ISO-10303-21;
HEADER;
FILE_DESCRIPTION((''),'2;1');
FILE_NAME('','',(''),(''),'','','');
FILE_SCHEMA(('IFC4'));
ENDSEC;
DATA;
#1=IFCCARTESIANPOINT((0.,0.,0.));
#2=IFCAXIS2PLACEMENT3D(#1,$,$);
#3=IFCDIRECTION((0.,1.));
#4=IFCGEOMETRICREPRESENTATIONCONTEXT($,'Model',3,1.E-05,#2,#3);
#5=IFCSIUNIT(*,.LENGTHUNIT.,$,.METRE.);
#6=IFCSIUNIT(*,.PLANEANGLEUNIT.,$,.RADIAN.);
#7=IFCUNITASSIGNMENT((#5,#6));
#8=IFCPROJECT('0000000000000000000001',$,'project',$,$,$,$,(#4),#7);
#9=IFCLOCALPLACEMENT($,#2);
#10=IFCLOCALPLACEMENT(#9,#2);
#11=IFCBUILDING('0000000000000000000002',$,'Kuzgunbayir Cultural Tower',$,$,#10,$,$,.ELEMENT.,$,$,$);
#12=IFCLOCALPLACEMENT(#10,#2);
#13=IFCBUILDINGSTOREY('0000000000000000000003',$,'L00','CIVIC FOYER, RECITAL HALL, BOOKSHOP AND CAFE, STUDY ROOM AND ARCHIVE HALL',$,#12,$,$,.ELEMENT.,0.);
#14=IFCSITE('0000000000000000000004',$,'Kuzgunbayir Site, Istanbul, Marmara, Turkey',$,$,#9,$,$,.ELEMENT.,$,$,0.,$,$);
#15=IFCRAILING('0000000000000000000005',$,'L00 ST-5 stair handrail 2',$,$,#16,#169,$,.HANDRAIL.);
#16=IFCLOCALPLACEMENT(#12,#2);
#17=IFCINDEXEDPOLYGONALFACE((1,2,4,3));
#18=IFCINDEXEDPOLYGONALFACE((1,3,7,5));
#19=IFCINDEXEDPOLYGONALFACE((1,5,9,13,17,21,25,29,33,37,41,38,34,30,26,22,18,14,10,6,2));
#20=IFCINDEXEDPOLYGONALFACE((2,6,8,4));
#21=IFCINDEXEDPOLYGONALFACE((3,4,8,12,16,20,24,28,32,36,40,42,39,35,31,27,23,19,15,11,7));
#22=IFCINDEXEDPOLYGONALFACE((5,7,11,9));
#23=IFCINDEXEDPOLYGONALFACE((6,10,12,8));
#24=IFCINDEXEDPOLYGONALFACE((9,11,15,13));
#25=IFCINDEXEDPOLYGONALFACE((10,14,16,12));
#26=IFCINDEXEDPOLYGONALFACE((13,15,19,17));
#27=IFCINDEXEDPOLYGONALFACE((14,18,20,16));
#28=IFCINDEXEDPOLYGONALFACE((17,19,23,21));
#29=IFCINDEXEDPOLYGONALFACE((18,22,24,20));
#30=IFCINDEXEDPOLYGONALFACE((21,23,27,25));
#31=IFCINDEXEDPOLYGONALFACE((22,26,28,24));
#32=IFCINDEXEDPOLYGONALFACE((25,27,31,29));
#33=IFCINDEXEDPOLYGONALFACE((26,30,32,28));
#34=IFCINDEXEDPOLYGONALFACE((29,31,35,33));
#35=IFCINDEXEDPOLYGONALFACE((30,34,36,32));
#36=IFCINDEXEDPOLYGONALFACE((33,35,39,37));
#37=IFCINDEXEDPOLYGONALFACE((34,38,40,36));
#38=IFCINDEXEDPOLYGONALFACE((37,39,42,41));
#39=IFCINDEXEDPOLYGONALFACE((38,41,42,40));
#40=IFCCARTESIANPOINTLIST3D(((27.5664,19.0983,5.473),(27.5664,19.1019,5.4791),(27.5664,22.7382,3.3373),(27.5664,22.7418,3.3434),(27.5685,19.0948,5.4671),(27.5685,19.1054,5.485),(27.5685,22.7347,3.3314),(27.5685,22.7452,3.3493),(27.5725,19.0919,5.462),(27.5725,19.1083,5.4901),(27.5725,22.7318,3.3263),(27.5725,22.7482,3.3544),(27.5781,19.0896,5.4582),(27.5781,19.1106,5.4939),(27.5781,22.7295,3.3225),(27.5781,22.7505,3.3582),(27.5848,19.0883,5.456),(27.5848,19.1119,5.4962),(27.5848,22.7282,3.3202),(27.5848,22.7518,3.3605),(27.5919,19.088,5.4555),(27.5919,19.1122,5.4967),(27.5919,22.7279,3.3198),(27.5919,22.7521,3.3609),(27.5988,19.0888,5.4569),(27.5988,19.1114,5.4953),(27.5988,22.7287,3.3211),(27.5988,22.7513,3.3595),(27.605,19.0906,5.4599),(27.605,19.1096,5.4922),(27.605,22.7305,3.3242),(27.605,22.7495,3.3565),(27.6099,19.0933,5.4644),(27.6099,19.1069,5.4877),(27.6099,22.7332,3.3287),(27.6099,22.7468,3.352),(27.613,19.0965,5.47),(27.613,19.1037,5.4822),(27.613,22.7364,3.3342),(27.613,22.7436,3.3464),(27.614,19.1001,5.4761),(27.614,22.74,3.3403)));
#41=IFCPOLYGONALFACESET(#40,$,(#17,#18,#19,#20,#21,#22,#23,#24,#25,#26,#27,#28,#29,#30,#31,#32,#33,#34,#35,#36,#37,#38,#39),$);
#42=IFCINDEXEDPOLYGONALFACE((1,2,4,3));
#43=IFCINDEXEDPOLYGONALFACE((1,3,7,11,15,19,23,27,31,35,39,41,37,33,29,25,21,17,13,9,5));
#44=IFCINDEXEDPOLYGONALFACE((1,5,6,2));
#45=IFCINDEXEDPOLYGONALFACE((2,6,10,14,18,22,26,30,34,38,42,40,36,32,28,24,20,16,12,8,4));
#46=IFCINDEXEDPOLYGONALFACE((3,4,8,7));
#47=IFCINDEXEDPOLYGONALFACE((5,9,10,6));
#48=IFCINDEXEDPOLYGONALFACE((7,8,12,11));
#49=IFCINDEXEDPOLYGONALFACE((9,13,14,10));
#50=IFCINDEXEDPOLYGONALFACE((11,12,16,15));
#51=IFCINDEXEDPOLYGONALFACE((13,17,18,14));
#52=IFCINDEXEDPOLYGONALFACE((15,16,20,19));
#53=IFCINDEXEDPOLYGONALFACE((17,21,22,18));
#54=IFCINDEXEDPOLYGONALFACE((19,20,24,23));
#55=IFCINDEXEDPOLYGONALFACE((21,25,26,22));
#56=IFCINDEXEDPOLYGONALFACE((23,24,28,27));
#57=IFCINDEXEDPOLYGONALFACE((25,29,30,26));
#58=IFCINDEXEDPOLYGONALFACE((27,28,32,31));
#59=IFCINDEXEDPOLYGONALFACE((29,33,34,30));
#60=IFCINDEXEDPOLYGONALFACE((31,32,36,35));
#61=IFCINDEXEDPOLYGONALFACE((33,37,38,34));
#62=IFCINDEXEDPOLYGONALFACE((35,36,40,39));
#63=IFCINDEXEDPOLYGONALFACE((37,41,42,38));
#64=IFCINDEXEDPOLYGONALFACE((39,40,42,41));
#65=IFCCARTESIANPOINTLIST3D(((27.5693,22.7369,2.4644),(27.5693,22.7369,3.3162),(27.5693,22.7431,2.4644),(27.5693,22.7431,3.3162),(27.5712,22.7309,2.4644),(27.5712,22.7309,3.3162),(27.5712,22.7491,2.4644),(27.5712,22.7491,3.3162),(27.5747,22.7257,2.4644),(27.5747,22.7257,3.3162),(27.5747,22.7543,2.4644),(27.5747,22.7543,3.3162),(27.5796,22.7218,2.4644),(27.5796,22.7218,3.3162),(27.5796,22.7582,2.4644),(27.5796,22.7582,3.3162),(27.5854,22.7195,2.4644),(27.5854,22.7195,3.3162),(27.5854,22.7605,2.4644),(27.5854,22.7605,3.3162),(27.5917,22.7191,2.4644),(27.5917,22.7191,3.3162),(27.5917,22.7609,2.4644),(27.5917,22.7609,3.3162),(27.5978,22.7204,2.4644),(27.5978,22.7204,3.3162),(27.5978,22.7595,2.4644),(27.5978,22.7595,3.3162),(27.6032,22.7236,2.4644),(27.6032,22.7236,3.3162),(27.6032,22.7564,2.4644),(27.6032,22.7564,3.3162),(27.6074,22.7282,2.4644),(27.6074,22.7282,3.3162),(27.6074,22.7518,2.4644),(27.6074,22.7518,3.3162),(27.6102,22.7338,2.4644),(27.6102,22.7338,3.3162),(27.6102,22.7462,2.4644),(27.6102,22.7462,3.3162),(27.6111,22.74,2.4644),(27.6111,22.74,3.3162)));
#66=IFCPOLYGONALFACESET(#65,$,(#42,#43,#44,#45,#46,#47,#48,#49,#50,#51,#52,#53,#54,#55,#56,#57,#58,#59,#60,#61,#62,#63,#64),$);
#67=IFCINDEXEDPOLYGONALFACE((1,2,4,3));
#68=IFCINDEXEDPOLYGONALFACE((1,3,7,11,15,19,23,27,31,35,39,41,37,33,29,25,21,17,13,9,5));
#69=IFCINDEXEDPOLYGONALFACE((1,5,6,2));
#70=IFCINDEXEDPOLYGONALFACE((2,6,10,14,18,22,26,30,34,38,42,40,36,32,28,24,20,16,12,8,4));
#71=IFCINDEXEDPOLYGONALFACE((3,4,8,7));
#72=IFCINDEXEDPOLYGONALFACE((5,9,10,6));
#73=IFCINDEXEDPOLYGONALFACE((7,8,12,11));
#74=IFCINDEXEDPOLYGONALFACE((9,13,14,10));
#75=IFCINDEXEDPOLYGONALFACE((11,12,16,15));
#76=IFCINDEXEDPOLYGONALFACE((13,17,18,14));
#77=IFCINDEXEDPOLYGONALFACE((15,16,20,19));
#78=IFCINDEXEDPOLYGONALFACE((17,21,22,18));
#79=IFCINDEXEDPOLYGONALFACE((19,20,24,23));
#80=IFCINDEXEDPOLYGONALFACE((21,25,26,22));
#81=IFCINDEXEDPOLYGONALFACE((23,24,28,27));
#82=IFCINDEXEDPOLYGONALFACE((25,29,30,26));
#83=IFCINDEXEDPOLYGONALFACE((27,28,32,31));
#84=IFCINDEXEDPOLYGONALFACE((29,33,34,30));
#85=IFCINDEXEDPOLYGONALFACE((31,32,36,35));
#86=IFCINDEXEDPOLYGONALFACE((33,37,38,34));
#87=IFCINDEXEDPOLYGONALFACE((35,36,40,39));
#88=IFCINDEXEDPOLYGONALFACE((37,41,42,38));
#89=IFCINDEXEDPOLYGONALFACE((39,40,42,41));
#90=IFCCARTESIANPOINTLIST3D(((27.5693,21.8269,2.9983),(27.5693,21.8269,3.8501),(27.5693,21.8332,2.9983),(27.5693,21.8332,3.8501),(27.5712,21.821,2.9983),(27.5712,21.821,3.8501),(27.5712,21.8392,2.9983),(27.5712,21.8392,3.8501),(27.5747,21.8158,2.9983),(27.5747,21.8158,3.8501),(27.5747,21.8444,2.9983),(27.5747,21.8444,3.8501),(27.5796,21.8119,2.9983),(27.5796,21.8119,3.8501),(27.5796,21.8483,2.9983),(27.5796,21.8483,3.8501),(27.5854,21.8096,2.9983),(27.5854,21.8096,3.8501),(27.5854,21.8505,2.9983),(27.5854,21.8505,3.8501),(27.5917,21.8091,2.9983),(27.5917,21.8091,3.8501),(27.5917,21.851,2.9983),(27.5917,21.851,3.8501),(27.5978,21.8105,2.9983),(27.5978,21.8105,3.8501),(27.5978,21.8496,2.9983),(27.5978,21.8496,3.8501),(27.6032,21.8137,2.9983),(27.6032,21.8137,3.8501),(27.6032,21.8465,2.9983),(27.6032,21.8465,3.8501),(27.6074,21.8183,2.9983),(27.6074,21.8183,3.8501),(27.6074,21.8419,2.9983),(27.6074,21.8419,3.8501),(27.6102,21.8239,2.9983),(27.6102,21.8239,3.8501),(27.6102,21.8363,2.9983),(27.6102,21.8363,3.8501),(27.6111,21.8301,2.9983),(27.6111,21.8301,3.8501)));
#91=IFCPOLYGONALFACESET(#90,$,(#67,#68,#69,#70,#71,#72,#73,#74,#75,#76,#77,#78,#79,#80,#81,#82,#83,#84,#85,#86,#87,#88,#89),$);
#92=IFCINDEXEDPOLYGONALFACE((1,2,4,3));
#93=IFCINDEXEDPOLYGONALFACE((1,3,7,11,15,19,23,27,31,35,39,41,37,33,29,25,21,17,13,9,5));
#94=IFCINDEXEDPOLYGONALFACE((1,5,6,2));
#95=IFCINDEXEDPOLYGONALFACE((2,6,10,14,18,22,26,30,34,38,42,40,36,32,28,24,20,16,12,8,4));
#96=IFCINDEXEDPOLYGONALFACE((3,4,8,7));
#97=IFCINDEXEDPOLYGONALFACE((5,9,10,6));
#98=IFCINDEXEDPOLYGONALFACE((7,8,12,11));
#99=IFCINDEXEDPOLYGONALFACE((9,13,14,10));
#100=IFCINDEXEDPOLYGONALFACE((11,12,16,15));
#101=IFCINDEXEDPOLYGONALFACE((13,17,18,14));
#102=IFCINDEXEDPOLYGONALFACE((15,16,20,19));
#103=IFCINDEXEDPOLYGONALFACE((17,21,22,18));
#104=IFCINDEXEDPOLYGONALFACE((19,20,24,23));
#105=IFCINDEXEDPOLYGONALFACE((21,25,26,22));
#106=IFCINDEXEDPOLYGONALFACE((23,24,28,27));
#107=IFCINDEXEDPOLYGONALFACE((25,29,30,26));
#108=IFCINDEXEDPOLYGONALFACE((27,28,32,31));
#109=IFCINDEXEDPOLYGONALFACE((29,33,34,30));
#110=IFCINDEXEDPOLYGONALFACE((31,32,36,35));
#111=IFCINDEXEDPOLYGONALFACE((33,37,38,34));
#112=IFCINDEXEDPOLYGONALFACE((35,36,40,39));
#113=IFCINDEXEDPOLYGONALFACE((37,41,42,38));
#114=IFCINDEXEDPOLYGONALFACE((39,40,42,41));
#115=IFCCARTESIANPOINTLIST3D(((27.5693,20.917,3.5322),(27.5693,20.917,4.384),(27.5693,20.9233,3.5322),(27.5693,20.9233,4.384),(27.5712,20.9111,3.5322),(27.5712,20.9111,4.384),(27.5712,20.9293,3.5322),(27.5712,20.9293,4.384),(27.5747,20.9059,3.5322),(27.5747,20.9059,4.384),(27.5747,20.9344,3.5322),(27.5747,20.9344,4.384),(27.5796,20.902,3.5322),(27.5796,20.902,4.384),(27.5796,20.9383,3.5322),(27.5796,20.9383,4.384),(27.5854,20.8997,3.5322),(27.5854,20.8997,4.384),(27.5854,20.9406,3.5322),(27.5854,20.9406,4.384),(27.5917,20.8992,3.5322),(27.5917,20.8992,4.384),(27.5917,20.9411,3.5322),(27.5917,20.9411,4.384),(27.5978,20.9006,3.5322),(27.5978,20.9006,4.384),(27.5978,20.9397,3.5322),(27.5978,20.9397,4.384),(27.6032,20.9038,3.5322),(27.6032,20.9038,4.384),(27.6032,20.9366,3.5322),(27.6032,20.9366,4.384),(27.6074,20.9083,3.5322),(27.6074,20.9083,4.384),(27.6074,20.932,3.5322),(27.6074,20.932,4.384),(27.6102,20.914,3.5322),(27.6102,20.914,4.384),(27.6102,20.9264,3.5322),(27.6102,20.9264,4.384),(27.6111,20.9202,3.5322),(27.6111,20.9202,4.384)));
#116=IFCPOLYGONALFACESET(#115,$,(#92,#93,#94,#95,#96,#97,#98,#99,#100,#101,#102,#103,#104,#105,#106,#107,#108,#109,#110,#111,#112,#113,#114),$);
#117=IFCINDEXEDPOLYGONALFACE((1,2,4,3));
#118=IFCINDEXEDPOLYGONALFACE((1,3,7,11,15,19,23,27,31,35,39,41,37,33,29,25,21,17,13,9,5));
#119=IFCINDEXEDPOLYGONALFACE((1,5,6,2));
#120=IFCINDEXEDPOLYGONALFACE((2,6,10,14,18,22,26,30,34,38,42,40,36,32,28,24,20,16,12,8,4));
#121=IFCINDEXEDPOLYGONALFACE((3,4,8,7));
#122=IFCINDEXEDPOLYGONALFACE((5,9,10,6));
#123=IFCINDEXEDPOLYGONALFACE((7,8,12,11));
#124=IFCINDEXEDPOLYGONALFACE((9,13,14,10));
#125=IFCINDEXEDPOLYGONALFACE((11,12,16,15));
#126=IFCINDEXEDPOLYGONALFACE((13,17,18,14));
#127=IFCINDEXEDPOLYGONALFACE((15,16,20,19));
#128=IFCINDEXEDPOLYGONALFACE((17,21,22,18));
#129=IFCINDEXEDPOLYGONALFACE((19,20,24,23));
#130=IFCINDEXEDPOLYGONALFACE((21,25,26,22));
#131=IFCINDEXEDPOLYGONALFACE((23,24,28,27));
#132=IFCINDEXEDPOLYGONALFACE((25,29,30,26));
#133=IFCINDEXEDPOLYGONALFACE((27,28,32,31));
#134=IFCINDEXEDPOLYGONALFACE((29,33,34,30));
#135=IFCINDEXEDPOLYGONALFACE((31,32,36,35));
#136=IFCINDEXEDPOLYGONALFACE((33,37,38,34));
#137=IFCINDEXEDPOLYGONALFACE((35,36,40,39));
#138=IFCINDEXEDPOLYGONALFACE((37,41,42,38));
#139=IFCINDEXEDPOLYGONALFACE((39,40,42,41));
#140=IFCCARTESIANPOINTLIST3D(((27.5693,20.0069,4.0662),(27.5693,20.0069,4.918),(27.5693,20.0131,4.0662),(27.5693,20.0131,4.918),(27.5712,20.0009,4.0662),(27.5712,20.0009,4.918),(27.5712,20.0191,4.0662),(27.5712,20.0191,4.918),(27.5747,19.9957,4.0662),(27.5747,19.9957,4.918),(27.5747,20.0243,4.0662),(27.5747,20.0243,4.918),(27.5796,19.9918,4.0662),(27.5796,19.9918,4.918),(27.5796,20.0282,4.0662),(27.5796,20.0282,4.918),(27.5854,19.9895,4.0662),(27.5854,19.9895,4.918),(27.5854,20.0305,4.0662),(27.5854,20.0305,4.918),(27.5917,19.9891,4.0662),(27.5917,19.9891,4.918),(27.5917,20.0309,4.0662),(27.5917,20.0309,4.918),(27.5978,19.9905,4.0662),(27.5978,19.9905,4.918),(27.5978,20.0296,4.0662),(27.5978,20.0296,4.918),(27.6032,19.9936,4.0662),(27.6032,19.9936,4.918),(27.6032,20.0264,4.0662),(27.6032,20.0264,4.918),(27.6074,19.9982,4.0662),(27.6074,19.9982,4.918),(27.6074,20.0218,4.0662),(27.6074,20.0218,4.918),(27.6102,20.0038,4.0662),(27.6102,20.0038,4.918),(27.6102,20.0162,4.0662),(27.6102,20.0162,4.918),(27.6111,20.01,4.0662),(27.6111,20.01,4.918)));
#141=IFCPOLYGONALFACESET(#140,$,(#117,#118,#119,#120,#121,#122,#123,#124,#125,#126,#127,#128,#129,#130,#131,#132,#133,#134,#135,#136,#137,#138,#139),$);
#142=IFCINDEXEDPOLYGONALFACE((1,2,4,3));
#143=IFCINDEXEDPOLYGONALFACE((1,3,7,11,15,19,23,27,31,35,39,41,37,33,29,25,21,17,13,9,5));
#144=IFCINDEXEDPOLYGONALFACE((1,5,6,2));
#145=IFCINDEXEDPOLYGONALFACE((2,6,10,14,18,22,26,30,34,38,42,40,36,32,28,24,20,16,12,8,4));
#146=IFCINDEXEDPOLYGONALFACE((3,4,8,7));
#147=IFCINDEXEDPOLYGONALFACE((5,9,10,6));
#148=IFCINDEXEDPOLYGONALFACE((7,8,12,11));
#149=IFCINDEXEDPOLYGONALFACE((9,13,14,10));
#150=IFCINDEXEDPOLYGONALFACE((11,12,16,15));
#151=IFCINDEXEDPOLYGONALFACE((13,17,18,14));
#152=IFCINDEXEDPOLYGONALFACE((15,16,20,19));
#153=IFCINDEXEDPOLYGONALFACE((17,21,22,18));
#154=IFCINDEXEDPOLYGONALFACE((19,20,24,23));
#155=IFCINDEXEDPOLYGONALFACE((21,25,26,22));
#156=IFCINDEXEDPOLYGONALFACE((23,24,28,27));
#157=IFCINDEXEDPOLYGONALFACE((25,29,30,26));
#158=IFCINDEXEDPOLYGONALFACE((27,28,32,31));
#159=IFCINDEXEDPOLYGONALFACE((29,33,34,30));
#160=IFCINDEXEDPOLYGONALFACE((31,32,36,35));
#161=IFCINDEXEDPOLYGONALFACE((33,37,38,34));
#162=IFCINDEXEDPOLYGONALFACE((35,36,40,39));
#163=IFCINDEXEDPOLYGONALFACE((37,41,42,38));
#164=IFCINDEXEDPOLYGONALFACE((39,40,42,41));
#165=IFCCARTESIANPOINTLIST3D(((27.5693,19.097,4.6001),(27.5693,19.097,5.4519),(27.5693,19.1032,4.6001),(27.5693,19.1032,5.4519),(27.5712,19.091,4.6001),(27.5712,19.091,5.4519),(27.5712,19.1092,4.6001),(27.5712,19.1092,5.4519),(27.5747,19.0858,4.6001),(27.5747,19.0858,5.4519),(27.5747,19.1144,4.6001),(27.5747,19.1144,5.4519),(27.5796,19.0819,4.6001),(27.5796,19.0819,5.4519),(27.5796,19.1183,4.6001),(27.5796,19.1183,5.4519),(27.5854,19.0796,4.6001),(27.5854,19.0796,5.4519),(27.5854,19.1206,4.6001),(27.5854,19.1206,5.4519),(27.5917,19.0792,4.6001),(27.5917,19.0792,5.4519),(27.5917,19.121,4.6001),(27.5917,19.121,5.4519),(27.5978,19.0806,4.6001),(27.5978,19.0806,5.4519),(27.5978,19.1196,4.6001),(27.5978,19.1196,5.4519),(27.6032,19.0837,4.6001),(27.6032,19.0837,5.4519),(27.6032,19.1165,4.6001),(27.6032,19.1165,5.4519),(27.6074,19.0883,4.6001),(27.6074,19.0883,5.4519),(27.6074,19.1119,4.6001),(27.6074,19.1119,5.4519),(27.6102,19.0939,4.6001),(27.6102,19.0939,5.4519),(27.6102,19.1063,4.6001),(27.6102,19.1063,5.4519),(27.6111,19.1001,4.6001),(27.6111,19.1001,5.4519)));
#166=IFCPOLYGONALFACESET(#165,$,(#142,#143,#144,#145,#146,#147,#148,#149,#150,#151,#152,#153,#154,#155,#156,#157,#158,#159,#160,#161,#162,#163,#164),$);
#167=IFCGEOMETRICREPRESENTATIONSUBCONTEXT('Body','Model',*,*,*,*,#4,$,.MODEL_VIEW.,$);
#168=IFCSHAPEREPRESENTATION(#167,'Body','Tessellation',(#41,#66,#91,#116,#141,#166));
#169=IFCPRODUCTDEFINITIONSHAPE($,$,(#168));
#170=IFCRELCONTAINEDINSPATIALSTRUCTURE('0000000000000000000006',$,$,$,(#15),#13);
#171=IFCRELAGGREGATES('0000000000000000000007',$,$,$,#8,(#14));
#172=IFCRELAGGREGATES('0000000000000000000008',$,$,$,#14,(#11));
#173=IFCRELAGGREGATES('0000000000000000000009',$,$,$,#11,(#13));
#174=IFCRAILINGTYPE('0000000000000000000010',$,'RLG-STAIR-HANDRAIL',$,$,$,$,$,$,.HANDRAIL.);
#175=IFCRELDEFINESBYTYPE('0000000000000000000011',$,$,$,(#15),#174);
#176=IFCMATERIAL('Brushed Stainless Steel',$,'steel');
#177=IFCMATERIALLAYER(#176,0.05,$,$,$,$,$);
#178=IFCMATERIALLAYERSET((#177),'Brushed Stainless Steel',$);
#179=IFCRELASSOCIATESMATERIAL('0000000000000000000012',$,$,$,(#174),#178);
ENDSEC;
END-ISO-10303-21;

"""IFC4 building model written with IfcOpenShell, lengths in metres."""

from ifc_helpers import new_model, si_unit, direction, frame, origin, origin_2d, place, context, subcontext, project, spatial, circle, extrude, material, layer, layer_set, type_object, element, save


model = new_model("IFC4")

# Units and contexts
model_context = context("Model", 3, precision=1e-05, world=origin(), true_north=direction((0.0, 1.0)))
body_context = subcontext(model_context, "Body", "Model", "MODEL_VIEW")
ifc_project = project(units=[si_unit("LENGTHUNIT", "METRE"), si_unit("PLANEANGLEUNIT", "RADIAN")], contexts=[model_context])

# Site, building, storey
site_placement = place(None, origin())
site = spatial("IfcSite", under=ifc_project, at=site_placement, Name="Kuzgunbayir Site, Istanbul, Marmara, Turkey", CompositionType="ELEMENT", RefElevation=0.0)
building_placement = place(site_placement, origin())
building = spatial("IfcBuilding", under=site, at=building_placement, Name="Kuzgunbayir Cultural Tower", CompositionType="ELEMENT")
storey_placement = place(building_placement, origin())
storey = spatial("IfcBuildingStorey", under=building, at=storey_placement, Name="L00", Description="CIVIC FOYER, RECITAL HALL, BOOKSHOP AND CAFE, STUDY ROOM AND ARCHIVE HALL", CompositionType="ELEMENT", Elevation=0.0)

# Railing
ifc_material_1 = material(Name="Brushed Stainless Steel", Category="steel")
ifc_layer_1 = layer(ifc_material_1, 0.05)
ifc_layer_set_1 = layer_set([ifc_layer_1], Name="Brushed Stainless Steel")
railing_type_1 = type_object("IfcRailingType", Name="RLG-STAIR-HANDRAIL", PredefinedType="HANDRAIL", material=ifc_layer_set_1)
railing_1_placement = place(storey_placement, frame((27.5901, 22.74, 2.4644)))
element("IfcRailing", 1, at=railing_1_placement, inside=storey, type_object=railing_type_1, Name="L00 ST-5 stair handrail 2", PredefinedType="HANDRAIL", context=body_context, shape_type="SweptSolid", body=[
    extrude(circle(Radius=0.0239, at=origin_2d()), frame((0.0, 0.0, 0.876), z_axis=(0.0, -0.86249, 0.506074), x_axis=(1.0, 0.0, 0.0)), (0.0, 0.0, 1.0), 4.2202),
    extrude(circle(Radius=0.021, at=origin_2d()), origin(), (0.0, 0.0, 1.0), 0.8518),
    extrude(circle(Radius=0.021, at=origin_2d()), frame((0.0, -0.9099, 0.5339)), (0.0, 0.0, 1.0), 0.8518),
    extrude(circle(Radius=0.021, at=origin_2d()), frame((0.0, -1.8198, 1.0679)), (0.0, 0.0, 1.0), 0.8518),
    extrude(circle(Radius=0.021, at=origin_2d()), frame((0.0, -2.73, 1.6018)), (0.0, 0.0, 1.0), 0.8518),
    extrude(circle(Radius=0.021, at=origin_2d()), frame((0.0, -3.6399, 2.1357)), (0.0, 0.0, 1.0), 0.8518),
])

save(model, "model.ifc")
